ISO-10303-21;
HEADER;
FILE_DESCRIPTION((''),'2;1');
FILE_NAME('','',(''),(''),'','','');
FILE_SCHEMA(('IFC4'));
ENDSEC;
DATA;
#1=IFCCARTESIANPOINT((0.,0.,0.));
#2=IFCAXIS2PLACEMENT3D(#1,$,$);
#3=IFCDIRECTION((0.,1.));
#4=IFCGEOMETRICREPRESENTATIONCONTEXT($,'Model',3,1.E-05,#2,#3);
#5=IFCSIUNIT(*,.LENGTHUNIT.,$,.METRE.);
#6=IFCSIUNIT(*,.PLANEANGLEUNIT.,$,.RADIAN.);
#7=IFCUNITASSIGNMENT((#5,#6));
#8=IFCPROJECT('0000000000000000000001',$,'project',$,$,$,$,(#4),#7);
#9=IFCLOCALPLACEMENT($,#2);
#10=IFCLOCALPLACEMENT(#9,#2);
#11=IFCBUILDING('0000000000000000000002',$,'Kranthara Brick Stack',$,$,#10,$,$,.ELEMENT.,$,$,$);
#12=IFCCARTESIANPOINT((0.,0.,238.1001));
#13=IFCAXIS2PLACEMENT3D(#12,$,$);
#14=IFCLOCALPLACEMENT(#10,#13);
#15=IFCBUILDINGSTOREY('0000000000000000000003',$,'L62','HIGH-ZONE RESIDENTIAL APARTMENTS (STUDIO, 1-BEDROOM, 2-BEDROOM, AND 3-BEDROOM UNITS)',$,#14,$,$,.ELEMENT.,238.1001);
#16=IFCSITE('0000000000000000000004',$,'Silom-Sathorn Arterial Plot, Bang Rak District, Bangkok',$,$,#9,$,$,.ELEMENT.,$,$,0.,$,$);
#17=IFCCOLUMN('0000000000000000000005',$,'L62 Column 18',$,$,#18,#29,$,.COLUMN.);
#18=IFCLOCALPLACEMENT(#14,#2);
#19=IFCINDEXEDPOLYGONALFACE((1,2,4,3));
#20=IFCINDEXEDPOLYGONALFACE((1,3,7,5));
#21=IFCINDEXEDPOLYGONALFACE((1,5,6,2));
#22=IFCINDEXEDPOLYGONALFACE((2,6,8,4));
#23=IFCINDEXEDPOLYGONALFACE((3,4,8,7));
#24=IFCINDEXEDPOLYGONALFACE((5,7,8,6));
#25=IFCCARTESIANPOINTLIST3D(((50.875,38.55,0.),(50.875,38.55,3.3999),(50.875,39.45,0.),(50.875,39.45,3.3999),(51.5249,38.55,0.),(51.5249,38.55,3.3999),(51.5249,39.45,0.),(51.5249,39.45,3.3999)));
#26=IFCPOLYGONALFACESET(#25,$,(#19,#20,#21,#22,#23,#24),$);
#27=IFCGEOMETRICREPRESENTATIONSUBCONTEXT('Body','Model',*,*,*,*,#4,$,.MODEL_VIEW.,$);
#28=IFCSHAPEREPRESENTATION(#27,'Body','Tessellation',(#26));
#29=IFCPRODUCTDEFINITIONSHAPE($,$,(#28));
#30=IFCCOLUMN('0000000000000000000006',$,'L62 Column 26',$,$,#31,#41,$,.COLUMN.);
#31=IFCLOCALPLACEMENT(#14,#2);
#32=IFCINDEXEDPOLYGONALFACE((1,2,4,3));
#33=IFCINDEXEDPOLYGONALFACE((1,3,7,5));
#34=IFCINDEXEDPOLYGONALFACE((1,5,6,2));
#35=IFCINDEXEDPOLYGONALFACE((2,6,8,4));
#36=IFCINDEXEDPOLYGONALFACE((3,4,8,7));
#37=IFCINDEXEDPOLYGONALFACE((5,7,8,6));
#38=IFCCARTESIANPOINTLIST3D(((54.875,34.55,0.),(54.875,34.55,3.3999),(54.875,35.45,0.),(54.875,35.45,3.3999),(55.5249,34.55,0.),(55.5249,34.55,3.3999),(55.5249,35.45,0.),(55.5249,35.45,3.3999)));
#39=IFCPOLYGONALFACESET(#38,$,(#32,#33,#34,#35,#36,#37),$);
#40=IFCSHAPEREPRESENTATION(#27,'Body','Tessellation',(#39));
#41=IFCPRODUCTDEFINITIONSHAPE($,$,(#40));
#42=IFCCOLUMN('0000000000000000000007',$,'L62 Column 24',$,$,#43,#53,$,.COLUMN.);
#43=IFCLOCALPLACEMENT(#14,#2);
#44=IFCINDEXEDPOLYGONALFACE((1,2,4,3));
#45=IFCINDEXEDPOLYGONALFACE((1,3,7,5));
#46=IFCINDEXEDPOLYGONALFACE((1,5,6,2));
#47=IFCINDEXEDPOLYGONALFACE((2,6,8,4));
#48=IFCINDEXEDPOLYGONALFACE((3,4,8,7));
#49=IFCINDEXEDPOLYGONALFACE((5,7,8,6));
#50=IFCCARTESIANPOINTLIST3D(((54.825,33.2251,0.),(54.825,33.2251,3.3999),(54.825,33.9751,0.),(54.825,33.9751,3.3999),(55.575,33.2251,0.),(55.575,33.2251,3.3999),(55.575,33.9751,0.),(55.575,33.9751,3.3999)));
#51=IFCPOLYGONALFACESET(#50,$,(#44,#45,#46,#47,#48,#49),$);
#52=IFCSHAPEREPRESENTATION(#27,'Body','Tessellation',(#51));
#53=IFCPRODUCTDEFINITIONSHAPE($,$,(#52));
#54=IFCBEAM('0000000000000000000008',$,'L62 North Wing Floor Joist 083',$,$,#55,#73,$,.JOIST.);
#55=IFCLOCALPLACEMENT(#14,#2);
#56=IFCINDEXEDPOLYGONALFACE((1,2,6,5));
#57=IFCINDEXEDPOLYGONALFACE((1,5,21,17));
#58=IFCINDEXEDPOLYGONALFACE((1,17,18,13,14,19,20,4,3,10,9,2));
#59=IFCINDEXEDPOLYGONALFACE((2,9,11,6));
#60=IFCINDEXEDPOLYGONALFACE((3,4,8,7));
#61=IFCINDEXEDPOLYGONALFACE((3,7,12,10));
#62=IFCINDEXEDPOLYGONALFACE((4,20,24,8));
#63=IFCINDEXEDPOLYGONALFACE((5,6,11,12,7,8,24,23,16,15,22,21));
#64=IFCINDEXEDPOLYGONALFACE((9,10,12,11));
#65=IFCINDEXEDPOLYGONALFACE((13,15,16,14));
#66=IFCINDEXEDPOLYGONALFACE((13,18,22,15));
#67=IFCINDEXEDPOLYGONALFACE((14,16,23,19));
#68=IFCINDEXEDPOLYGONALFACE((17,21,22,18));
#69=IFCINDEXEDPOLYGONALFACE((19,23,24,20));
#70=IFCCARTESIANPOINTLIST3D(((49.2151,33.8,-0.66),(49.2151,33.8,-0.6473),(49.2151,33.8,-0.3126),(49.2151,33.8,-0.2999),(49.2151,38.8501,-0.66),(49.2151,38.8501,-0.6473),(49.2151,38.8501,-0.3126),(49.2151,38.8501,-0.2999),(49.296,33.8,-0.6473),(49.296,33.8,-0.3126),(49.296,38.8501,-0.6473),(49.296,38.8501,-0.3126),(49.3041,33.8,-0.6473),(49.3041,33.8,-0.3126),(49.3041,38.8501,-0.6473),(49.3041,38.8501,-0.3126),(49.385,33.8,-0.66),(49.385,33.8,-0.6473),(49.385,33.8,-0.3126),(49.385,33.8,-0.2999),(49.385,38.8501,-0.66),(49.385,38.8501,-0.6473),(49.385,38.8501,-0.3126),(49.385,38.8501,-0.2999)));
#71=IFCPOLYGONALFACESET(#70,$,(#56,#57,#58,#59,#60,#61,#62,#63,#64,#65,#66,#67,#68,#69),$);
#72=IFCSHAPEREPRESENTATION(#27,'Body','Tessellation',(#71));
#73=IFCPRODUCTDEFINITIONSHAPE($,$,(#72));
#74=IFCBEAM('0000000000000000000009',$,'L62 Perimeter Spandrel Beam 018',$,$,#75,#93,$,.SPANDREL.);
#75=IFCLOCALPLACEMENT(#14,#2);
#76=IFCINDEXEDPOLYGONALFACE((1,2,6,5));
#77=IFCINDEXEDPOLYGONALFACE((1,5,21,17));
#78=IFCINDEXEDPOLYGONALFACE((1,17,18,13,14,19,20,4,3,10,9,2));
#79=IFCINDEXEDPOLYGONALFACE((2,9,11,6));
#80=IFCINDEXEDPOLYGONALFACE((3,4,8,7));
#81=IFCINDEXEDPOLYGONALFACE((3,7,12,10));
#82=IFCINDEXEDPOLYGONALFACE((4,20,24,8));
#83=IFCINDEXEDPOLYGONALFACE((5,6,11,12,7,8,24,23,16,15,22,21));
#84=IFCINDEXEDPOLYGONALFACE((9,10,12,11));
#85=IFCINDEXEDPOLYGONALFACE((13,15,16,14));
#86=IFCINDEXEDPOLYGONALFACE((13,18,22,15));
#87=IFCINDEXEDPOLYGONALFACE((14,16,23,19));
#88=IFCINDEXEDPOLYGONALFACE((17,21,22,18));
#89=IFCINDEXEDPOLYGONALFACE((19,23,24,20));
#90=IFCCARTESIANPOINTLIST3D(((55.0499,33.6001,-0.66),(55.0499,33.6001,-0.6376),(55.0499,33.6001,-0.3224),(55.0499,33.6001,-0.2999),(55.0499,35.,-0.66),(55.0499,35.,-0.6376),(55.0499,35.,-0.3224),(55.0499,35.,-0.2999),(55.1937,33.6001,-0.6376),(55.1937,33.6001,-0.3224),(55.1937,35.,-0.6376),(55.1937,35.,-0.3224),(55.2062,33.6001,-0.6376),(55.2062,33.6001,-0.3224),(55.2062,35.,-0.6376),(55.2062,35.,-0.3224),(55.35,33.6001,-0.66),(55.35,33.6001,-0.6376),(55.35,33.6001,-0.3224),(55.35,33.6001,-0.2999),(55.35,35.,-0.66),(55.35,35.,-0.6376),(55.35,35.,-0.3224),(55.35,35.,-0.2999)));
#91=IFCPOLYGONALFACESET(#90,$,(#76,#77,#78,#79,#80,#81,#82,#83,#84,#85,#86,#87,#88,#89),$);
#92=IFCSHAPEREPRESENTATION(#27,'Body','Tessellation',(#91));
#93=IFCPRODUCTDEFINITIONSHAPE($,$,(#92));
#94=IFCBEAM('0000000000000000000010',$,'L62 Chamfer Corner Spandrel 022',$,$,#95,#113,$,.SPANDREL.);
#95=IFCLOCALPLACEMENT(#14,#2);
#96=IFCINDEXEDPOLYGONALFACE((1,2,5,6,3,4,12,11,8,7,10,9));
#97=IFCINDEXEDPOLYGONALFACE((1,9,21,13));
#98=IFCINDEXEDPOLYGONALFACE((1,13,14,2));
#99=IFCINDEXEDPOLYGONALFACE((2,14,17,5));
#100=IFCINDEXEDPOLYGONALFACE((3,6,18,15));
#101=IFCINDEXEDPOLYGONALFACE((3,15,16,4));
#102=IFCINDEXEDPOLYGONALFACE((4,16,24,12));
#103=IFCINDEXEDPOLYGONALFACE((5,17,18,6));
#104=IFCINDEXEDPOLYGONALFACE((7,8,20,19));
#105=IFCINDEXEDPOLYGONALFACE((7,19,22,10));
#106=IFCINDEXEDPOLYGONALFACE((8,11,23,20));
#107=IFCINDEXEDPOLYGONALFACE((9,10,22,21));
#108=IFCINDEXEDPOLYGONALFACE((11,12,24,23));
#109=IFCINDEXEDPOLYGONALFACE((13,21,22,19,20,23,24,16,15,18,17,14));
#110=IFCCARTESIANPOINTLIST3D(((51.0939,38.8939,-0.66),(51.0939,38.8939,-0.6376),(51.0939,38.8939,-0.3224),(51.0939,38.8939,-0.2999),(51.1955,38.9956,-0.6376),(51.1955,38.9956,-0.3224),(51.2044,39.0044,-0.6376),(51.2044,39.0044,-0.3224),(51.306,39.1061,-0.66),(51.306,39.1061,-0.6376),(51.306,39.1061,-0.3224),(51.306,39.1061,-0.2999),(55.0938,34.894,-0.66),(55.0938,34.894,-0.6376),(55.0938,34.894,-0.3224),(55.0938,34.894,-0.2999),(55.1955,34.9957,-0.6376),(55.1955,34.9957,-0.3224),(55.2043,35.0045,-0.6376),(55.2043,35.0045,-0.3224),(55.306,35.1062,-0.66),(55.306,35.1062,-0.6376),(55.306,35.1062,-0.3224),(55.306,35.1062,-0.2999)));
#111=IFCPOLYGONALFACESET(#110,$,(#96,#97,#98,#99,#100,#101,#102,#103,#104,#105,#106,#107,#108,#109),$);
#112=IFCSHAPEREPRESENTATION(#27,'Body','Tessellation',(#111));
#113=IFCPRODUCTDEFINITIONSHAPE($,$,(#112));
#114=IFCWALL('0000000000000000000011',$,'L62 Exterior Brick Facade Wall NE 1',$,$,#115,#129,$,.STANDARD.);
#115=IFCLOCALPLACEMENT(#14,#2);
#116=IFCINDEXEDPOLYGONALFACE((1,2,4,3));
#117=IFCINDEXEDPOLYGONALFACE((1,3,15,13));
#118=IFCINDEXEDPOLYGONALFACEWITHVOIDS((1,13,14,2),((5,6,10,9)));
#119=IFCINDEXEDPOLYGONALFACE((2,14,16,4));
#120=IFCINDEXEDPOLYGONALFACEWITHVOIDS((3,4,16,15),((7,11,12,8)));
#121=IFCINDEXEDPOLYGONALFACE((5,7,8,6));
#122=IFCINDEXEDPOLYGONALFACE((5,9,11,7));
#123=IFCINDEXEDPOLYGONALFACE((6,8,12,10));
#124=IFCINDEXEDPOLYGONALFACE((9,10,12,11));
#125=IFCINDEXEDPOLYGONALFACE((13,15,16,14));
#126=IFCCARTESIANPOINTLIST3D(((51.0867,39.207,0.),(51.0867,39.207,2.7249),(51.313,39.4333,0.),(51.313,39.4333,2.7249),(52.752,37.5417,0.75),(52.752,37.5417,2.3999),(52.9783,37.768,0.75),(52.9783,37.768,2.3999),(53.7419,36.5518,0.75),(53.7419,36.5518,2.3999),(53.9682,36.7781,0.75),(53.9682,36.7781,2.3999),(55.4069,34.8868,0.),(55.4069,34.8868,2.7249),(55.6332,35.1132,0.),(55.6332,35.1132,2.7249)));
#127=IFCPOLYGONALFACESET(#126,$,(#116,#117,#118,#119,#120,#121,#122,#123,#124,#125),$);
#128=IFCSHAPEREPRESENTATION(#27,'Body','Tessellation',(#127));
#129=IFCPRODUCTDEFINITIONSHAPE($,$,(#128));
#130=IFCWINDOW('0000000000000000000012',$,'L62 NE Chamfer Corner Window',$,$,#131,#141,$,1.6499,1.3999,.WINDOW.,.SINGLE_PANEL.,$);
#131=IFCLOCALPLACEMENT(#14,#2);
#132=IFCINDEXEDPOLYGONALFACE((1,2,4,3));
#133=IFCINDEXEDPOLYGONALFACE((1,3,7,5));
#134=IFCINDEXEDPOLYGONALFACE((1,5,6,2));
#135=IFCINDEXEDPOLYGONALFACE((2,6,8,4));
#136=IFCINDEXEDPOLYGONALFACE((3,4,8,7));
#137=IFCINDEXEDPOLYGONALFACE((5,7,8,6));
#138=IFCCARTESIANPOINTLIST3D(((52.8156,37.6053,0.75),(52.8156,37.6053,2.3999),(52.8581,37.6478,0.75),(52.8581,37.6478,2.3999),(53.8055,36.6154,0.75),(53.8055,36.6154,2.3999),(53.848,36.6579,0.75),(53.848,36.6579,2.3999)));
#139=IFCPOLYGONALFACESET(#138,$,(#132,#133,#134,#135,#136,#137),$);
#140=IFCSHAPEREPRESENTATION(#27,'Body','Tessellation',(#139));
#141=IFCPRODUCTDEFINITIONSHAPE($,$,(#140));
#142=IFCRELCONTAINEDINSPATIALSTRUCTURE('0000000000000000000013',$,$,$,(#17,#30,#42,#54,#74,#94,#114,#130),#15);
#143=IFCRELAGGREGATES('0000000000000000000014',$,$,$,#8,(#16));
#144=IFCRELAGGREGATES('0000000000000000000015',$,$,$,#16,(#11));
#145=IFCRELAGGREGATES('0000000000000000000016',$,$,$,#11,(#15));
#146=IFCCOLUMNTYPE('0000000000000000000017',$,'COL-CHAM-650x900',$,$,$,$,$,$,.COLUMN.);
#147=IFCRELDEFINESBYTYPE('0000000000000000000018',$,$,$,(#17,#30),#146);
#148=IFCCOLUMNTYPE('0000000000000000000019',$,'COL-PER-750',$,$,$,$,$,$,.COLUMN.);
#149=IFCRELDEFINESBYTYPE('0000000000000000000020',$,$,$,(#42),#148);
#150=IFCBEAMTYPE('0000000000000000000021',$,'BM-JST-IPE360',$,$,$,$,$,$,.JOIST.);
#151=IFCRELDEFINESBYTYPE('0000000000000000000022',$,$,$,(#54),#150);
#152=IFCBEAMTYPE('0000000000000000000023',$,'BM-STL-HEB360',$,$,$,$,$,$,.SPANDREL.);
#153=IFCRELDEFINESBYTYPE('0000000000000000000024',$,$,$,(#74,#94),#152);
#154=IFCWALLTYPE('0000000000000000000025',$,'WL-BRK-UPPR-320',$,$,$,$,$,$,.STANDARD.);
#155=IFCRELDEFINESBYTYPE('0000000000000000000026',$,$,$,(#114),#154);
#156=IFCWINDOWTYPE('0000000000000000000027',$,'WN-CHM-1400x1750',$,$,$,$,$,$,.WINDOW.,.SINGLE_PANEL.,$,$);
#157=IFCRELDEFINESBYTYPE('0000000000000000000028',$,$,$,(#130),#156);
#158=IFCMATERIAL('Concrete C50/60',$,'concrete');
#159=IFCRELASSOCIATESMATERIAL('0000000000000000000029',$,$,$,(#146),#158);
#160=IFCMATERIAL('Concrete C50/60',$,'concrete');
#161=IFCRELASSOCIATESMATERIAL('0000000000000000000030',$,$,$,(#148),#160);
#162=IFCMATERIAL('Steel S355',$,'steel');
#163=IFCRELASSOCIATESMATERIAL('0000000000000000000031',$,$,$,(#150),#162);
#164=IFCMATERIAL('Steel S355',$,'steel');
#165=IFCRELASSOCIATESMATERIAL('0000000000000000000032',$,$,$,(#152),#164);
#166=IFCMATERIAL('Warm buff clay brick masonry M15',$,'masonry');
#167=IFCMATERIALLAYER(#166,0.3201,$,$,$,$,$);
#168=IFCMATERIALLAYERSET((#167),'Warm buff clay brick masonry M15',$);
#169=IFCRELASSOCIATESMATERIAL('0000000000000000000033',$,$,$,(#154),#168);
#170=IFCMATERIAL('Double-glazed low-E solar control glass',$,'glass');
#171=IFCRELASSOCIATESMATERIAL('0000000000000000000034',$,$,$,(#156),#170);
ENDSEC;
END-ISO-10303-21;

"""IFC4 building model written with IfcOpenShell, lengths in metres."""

from ifc_helpers import new_model, si_unit, direction, frame, frame_2d, origin, origin_2d, place, context, subcontext, project, spatial, rectangle, i_section, extrude, material, layer, layer_set, material_profile, profile_set, type_object, element, fill, save


model = new_model("IFC4")

# Units and contexts
model_context = context("Model", 3, precision=1e-05, world=origin(), true_north=direction((0.0, 1.0)))
body_context = subcontext(model_context, "Body", "Model", "MODEL_VIEW")
ifc_project = project(units=[si_unit("LENGTHUNIT", "METRE"), si_unit("PLANEANGLEUNIT", "RADIAN")], contexts=[model_context])

# Site, building, storey
site_placement = place(None, origin())
site = spatial("IfcSite", under=ifc_project, at=site_placement, Name="Silom-Sathorn Arterial Plot, Bang Rak District, Bangkok", CompositionType="ELEMENT", RefElevation=0.0)
building_placement = place(site_placement, origin())
building = spatial("IfcBuilding", under=site, at=building_placement, Name="Kranthara Brick Stack", CompositionType="ELEMENT")
storey_placement = place(building_placement, frame((0.0, 0.0, 238.1001)))
storey = spatial("IfcBuildingStorey", under=building, at=storey_placement, Name="L62", Description="HIGH-ZONE RESIDENTIAL APARTMENTS (STUDIO, 1-BEDROOM, 2-BEDROOM, AND 3-BEDROOM UNITS)", CompositionType="ELEMENT", Elevation=238.1001)

# Columns
ifc_material_1 = material(Name="Concrete C50/60", Category="concrete")
ifc_material_profile_1 = material_profile(ifc_material_1, rectangle(XDim=0.6499, YDim=0.8999, at=origin_2d()), Name="RC 650x900")
ifc_profile_set_1 = profile_set([ifc_material_profile_1], Name="Concrete C50/60")
column_type_1 = type_object("IfcColumnType", Name="COL-CHAM-650x900", PredefinedType="COLUMN", material=ifc_profile_set_1)
for number, where, z_axis, x_axis, name in (
    (1, (51.2, 39.0, 0.0), (0.0, 0.0, 1.0), (1.0, 0.0, 0.0), "L62 Column 18"),
    (2, (55.2, 35.0, 0.0), (0.0, 0.0, 1.0), (1.0, 0.0, 0.0), "L62 Column 26"),
):
    element("IfcColumn", number, at=place(storey_placement, frame(where, z_axis=z_axis, x_axis=x_axis)), inside=storey, type_object=column_type_1, Name=name, PredefinedType="COLUMN", context=body_context, shape_type="SweptSolid", body=[
        extrude(rectangle(XDim=0.6499, YDim=0.8999, at=origin_2d()), origin(), (0.0, 0.0, 1.0), 3.3999),
    ])
ifc_material_2 = material(Name="Concrete C50/60", Category="concrete")
ifc_material_profile_2 = material_profile(ifc_material_2, rectangle(XDim=0.75, YDim=0.75, at=origin_2d()), Name="RC 750x750")
ifc_profile_set_2 = profile_set([ifc_material_profile_2], Name="Concrete C50/60")
column_type_2 = type_object("IfcColumnType", Name="COL-PER-750", PredefinedType="COLUMN", material=ifc_profile_set_2)
column_placement = place(storey_placement, frame((55.2, 33.6001, 0.0), z_axis=(0.0, 0.0, 1.0), x_axis=(1.0, 0.0, 0.0)))
element("IfcColumn", 3, at=column_placement, inside=storey, type_object=column_type_2, Name="L62 Column 24", PredefinedType="COLUMN", context=body_context, shape_type="SweptSolid", body=[
    extrude(rectangle(XDim=0.75, YDim=0.75, at=origin_2d()), origin(), (0.0, 0.0, 1.0), 3.3999),
])

# Beams
ifc_material_3 = material(Name="Steel S355", Category="steel")
ifc_material_profile_3 = material_profile(ifc_material_3, i_section(OverallWidth=0.1699, OverallDepth=0.3601, WebThickness=0.0081, FlangeThickness=0.0127, at=origin_2d()), Name="IPE 360")
ifc_profile_set_3 = profile_set([ifc_material_profile_3], Name="Steel S355")
beam_type_1 = type_object("IfcBeamType", Name="BM-JST-IPE360", PredefinedType="JOIST", material=ifc_profile_set_3)
beam_1_placement = place(storey_placement, frame((49.3, 33.8, -0.48), z_axis=(0.0, 1.0, 0.0), x_axis=(-1.0, 0.0, 0.0)))
element("IfcBeam", 4, at=beam_1_placement, inside=storey, type_object=beam_type_1, Name="L62 North Wing Floor Joist 083", PredefinedType="JOIST", context=body_context, shape_type="SweptSolid", body=[
    extrude(i_section(OverallWidth=0.1699, OverallDepth=0.3601, WebThickness=0.0081, FlangeThickness=0.0127, at=origin_2d()), origin(), (0.0, 0.0, 1.0), 5.05),
])
ifc_material_4 = material(Name="Steel S355", Category="steel")
ifc_material_profile_4 = material_profile(ifc_material_4, i_section(OverallWidth=0.3, OverallDepth=0.3601, WebThickness=0.0125, FlangeThickness=0.0225, at=origin_2d()), Name="HEB 360")
ifc_profile_set_4 = profile_set([ifc_material_profile_4], Name="Steel S355")
beam_type_2 = type_object("IfcBeamType", Name="BM-STL-HEB360", PredefinedType="SPANDREL", material=ifc_profile_set_4)
beam_2_placement = place(storey_placement, frame((55.2, 33.6001, -0.48), z_axis=(0.0, 1.0, 0.0), x_axis=(-1.0, 0.0, 0.0)))
element("IfcBeam", 5, at=beam_2_placement, inside=storey, type_object=beam_type_2, Name="L62 Perimeter Spandrel Beam 018", PredefinedType="SPANDREL", context=body_context, shape_type="SweptSolid", body=[
    extrude(i_section(OverallWidth=0.3, OverallDepth=0.3601, WebThickness=0.0125, FlangeThickness=0.0225, at=origin_2d()), origin(), (0.0, 0.0, 1.0), 1.3999),
])
beam_3_placement = place(storey_placement, frame((51.2, 39.0, -0.48), z_axis=(0.707107, -0.707107, 0.0), x_axis=(0.707107, 0.707107, 0.0)))
element("IfcBeam", 6, at=beam_3_placement, inside=storey, type_object=beam_type_2, Name="L62 Chamfer Corner Spandrel 022", PredefinedType="SPANDREL", context=body_context, shape_type="SweptSolid", body=[
    extrude(i_section(OverallWidth=0.3, OverallDepth=0.3601, WebThickness=0.0125, FlangeThickness=0.0225, at=origin_2d()), origin(), (0.0, 0.0, 1.0), 5.6567),
])

# Wall, opening, window
ifc_material_5 = material(Name="Warm buff clay brick masonry M15", Category="masonry")
ifc_layer_1 = layer(ifc_material_5, 0.3201)
ifc_layer_set_1 = layer_set([ifc_layer_1], Name="Warm buff clay brick masonry M15")
wall_type_1 = type_object("IfcWallType", Name="WL-BRK-UPPR-320", PredefinedType="STANDARD", material=ifc_layer_set_1)
wall_1_placement = place(storey_placement, frame((51.2, 39.3201, 0.0), z_axis=(0.0, 0.0, 1.0), x_axis=(0.707107, -0.707107, 0.0)))
wall_1 = element("IfcWall", 7, at=wall_1_placement, inside=storey, type_object=wall_type_1, Name="L62 Exterior Brick Facade Wall NE 1", PredefinedType="STANDARD", context=body_context, shape_type="SweptSolid", body=[
    extrude(rectangle(XDim=6.1096, YDim=0.3201, at=frame_2d((3.0547, 0.0))), origin(), (0.0, 0.0, 1.0), 2.7249),
])
opening_1_placement = place(wall_1_placement, frame((2.355, 0.0, 0.75)))
opening_1 = element("IfcOpeningElement", 8, at=opening_1_placement, cuts=wall_1, PredefinedType="OPENING", context=body_context, shape_type="SweptSolid", body=[
    extrude(rectangle(XDim=1.3999, YDim=1.6499, at=frame_2d((0.7, 0.825))), frame((0.0, 0.1699, 0.0), z_axis=(0.0, -1.0, 0.0), x_axis=(1.0, 0.0, 0.0)), (0.0, 0.0, 1.0), 0.3401),
])
ifc_material_6 = material(Name="Double-glazed low-E solar control glass", Category="glass")
window_type_1 = type_object("IfcWindowType", Name="WN-CHM-1400x1750", PartitioningType="SINGLE_PANEL", PredefinedType="WINDOW", material=ifc_material_6)
window_1_placement = place(opening_1_placement, origin())
window_1 = element("IfcWindow", 9, at=window_1_placement, inside=storey, type_object=window_type_1, Name="L62 NE Chamfer Corner Window", OverallHeight=1.6499, OverallWidth=1.3999, PartitioningType="SINGLE_PANEL", PredefinedType="WINDOW", context=body_context, shape_type="SweptSolid", body=[
    extrude(rectangle(XDim=1.3999, YDim=1.6499, at=frame_2d((0.7, 0.825))), frame((0.0, -0.01, 0.0), z_axis=(0.0, -1.0, 0.0), x_axis=(1.0, 0.0, 0.0)), (0.0, 0.0, 1.0), 0.0601),
])
fill(opening_1, window_1)

save(model, "model.ifc")
